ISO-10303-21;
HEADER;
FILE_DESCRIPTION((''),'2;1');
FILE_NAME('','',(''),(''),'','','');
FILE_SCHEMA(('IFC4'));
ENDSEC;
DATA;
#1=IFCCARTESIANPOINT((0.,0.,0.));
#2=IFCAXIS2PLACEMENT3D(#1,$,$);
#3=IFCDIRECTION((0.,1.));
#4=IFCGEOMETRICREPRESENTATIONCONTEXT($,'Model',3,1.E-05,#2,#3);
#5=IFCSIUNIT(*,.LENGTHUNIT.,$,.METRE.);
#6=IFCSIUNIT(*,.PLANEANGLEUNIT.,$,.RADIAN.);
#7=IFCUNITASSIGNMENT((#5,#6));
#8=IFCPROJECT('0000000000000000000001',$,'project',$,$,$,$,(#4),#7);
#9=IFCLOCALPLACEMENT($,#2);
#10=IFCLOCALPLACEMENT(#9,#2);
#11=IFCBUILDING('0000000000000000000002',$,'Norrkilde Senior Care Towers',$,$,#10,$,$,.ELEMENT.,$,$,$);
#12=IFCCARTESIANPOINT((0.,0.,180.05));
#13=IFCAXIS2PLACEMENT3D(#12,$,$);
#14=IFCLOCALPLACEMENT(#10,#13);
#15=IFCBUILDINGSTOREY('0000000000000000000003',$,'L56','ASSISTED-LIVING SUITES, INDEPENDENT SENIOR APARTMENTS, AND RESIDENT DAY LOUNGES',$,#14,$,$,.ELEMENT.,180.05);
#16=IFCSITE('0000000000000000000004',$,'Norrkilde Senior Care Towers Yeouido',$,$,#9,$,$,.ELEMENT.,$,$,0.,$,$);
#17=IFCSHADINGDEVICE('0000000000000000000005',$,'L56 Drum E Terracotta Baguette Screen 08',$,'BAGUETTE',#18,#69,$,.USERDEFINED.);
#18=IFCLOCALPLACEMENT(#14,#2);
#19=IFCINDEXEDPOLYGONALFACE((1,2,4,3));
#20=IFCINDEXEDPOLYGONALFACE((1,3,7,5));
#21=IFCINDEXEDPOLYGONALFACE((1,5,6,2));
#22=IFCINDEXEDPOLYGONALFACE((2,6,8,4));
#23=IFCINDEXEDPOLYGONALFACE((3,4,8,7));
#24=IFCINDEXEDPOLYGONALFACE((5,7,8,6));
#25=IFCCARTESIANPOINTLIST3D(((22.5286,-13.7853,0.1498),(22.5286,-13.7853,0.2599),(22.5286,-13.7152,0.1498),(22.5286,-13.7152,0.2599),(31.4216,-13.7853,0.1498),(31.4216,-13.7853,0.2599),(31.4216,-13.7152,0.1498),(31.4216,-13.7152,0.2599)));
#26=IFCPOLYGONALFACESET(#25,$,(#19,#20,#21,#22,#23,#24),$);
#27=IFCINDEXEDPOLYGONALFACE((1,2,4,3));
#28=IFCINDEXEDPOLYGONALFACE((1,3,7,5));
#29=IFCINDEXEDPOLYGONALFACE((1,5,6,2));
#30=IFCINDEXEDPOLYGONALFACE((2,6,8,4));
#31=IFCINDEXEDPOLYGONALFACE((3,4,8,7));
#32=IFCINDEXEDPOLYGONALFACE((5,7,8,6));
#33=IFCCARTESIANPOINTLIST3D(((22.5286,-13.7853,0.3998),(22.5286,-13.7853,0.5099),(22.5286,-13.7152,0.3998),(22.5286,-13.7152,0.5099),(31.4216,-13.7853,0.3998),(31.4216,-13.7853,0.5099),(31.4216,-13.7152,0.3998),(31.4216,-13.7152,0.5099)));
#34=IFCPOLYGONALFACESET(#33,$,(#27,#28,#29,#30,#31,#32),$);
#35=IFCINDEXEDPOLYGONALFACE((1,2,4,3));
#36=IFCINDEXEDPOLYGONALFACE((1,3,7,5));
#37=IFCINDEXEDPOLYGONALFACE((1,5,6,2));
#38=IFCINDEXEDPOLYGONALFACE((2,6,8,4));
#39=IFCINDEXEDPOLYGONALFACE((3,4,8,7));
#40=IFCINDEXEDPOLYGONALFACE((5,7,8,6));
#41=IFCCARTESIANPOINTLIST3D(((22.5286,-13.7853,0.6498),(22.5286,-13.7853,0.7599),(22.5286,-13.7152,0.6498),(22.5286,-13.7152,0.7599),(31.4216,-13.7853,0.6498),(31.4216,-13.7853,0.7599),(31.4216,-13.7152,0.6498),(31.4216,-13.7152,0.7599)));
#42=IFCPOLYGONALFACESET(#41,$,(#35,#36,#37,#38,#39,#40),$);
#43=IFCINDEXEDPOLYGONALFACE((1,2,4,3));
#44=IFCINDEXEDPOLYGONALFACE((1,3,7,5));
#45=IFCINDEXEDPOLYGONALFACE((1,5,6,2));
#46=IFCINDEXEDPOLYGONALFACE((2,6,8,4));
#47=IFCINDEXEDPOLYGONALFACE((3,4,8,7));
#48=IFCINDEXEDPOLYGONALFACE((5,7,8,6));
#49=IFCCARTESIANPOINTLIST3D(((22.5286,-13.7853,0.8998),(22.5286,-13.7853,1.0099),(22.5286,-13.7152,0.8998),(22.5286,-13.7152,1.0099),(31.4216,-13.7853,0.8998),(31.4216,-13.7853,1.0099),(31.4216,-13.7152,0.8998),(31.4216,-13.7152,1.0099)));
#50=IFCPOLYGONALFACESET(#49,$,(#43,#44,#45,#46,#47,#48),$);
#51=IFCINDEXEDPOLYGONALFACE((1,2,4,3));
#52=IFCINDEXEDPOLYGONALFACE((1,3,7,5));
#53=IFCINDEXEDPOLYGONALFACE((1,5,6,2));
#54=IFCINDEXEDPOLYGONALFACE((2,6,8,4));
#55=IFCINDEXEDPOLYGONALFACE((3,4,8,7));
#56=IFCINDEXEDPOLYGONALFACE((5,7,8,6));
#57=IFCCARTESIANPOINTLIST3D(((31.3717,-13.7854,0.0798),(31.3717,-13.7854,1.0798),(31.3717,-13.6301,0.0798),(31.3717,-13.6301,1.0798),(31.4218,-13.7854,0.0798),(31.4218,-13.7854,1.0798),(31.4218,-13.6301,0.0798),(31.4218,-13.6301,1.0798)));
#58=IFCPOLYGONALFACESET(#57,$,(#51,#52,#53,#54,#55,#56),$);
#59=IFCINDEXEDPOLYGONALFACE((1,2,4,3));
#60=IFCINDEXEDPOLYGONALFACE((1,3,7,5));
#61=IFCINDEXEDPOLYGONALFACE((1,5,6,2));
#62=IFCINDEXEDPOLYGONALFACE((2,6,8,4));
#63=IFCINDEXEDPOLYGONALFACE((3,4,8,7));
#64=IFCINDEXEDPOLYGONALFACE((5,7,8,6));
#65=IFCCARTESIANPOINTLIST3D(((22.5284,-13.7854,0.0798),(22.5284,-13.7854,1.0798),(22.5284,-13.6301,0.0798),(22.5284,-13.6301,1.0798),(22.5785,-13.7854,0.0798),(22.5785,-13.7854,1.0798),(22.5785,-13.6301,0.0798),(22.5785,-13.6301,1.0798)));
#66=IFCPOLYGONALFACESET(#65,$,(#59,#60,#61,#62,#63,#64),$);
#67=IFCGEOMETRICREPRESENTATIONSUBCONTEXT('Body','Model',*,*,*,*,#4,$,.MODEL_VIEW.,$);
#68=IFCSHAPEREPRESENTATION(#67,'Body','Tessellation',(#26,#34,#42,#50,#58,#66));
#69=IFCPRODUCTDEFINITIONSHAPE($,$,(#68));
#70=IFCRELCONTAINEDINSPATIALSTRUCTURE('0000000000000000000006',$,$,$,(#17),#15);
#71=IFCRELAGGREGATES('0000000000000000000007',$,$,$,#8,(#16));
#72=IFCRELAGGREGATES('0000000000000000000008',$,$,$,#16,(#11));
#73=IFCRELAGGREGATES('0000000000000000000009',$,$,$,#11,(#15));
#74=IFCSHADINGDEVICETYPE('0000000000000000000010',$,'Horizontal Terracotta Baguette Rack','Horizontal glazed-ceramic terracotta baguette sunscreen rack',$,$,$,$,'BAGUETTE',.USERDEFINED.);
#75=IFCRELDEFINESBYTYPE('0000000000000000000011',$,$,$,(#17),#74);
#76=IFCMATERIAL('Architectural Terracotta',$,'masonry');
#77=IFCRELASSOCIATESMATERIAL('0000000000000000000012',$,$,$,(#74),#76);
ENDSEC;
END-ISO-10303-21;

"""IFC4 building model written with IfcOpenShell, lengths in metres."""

from ifc_helpers import new_model, si_unit, direction, frame, origin, origin_2d, place, context, subcontext, project, spatial, rectangle, extrude, source, transform, mapped, material, type_object, type_shapes, element, save


model = new_model("IFC4")

# Units and contexts
model_context = context("Model", 3, precision=1e-05, world=origin(), true_north=direction((0.0, 1.0)))
body_context = subcontext(model_context, "Body", "Model", "MODEL_VIEW")
ifc_project = project(units=[si_unit("LENGTHUNIT", "METRE"), si_unit("PLANEANGLEUNIT", "RADIAN")], contexts=[model_context])

# Site, building, storey
site_placement = place(None, origin())
site = spatial("IfcSite", under=ifc_project, at=site_placement, Name="Norrkilde Senior Care Towers Yeouido", CompositionType="ELEMENT", RefElevation=0.0)
building_placement = place(site_placement, origin())
building = spatial("IfcBuilding", under=site, at=building_placement, Name="Norrkilde Senior Care Towers", CompositionType="ELEMENT")
storey_placement = place(building_placement, frame((0.0, 0.0, 180.05)))
storey = spatial("IfcBuildingStorey", under=building, at=storey_placement, Name="L56", Description="ASSISTED-LIVING SUITES, INDEPENDENT SENIOR APARTMENTS, AND RESIDENT DAY LOUNGES", CompositionType="ELEMENT", Elevation=180.05)

# Shading device
ifc_material_1 = material(Name="Architectural Terracotta", Category="masonry")
shading_device_type = type_object("IfcShadingDeviceType", Name="Horizontal Terracotta Baguette Rack", Description="Horizontal glazed-ceramic terracotta baguette sunscreen rack", ElementType="BAGUETTE", PredefinedType="USERDEFINED", material=ifc_material_1)
shared_shape_1 = source(origin(), body_context, "Body", "SweptSolid", [
    extrude(rectangle(XDim=0.0701, YDim=0.1101, at=origin_2d()), frame((0.0, 0.0901, 0.125), z_axis=(1.0, 0.0, 0.0), x_axis=(0.0, 1.0, 0.0)), (0.0, 0.0, 1.0), 8.8931),
    extrude(rectangle(XDim=0.0701, YDim=0.1101, at=origin_2d()), frame((0.0, 0.0901, 0.375), z_axis=(1.0, 0.0, 0.0), x_axis=(0.0, 1.0, 0.0)), (0.0, 0.0, 1.0), 8.8931),
    extrude(rectangle(XDim=0.0701, YDim=0.1101, at=origin_2d()), frame((0.0, 0.0901, 0.625), z_axis=(1.0, 0.0, 0.0), x_axis=(0.0, 1.0, 0.0)), (0.0, 0.0, 1.0), 8.8931),
    extrude(rectangle(XDim=0.0701, YDim=0.1101, at=origin_2d()), frame((0.0, 0.0901, 0.875), z_axis=(1.0, 0.0, 0.0), x_axis=(0.0, 1.0, 0.0)), (0.0, 0.0, 1.0), 8.8931),
    extrude(rectangle(XDim=0.05, YDim=0.1553, at=origin_2d()), frame((0.0249, 0.0476, 0.0)), (0.0, 0.0, 1.0), 1.0),
    extrude(rectangle(XDim=0.05, YDim=0.1553, at=origin_2d()), frame((8.8682, 0.0476, 0.0)), (0.0, 0.0, 1.0), 1.0),
])
type_shapes(shading_device_type, [shared_shape_1])
shading_device_placement = place(storey_placement, frame((31.4216, -13.6602, 0.0798), z_axis=(0.0, 0.0, 1.0), x_axis=(-1.0, 0.0, 0.0)))
element("IfcShadingDevice", 1, at=shading_device_placement, inside=storey, type_object=shading_device_type, Name="L56 Drum E Terracotta Baguette Screen 08", ObjectType="BAGUETTE", PredefinedType="USERDEFINED", context=body_context, shape_type="MappedRepresentation", body=[
    mapped(shared_shape_1, transform((0.0, 0.0, 0.0), x_axis=(1.0, 0.0, 0.0), y_axis=(0.0, 1.0, 0.0), z_axis=(0.0, 0.0, 1.0), scale=1.0)),
])

save(model, "model.ifc")
